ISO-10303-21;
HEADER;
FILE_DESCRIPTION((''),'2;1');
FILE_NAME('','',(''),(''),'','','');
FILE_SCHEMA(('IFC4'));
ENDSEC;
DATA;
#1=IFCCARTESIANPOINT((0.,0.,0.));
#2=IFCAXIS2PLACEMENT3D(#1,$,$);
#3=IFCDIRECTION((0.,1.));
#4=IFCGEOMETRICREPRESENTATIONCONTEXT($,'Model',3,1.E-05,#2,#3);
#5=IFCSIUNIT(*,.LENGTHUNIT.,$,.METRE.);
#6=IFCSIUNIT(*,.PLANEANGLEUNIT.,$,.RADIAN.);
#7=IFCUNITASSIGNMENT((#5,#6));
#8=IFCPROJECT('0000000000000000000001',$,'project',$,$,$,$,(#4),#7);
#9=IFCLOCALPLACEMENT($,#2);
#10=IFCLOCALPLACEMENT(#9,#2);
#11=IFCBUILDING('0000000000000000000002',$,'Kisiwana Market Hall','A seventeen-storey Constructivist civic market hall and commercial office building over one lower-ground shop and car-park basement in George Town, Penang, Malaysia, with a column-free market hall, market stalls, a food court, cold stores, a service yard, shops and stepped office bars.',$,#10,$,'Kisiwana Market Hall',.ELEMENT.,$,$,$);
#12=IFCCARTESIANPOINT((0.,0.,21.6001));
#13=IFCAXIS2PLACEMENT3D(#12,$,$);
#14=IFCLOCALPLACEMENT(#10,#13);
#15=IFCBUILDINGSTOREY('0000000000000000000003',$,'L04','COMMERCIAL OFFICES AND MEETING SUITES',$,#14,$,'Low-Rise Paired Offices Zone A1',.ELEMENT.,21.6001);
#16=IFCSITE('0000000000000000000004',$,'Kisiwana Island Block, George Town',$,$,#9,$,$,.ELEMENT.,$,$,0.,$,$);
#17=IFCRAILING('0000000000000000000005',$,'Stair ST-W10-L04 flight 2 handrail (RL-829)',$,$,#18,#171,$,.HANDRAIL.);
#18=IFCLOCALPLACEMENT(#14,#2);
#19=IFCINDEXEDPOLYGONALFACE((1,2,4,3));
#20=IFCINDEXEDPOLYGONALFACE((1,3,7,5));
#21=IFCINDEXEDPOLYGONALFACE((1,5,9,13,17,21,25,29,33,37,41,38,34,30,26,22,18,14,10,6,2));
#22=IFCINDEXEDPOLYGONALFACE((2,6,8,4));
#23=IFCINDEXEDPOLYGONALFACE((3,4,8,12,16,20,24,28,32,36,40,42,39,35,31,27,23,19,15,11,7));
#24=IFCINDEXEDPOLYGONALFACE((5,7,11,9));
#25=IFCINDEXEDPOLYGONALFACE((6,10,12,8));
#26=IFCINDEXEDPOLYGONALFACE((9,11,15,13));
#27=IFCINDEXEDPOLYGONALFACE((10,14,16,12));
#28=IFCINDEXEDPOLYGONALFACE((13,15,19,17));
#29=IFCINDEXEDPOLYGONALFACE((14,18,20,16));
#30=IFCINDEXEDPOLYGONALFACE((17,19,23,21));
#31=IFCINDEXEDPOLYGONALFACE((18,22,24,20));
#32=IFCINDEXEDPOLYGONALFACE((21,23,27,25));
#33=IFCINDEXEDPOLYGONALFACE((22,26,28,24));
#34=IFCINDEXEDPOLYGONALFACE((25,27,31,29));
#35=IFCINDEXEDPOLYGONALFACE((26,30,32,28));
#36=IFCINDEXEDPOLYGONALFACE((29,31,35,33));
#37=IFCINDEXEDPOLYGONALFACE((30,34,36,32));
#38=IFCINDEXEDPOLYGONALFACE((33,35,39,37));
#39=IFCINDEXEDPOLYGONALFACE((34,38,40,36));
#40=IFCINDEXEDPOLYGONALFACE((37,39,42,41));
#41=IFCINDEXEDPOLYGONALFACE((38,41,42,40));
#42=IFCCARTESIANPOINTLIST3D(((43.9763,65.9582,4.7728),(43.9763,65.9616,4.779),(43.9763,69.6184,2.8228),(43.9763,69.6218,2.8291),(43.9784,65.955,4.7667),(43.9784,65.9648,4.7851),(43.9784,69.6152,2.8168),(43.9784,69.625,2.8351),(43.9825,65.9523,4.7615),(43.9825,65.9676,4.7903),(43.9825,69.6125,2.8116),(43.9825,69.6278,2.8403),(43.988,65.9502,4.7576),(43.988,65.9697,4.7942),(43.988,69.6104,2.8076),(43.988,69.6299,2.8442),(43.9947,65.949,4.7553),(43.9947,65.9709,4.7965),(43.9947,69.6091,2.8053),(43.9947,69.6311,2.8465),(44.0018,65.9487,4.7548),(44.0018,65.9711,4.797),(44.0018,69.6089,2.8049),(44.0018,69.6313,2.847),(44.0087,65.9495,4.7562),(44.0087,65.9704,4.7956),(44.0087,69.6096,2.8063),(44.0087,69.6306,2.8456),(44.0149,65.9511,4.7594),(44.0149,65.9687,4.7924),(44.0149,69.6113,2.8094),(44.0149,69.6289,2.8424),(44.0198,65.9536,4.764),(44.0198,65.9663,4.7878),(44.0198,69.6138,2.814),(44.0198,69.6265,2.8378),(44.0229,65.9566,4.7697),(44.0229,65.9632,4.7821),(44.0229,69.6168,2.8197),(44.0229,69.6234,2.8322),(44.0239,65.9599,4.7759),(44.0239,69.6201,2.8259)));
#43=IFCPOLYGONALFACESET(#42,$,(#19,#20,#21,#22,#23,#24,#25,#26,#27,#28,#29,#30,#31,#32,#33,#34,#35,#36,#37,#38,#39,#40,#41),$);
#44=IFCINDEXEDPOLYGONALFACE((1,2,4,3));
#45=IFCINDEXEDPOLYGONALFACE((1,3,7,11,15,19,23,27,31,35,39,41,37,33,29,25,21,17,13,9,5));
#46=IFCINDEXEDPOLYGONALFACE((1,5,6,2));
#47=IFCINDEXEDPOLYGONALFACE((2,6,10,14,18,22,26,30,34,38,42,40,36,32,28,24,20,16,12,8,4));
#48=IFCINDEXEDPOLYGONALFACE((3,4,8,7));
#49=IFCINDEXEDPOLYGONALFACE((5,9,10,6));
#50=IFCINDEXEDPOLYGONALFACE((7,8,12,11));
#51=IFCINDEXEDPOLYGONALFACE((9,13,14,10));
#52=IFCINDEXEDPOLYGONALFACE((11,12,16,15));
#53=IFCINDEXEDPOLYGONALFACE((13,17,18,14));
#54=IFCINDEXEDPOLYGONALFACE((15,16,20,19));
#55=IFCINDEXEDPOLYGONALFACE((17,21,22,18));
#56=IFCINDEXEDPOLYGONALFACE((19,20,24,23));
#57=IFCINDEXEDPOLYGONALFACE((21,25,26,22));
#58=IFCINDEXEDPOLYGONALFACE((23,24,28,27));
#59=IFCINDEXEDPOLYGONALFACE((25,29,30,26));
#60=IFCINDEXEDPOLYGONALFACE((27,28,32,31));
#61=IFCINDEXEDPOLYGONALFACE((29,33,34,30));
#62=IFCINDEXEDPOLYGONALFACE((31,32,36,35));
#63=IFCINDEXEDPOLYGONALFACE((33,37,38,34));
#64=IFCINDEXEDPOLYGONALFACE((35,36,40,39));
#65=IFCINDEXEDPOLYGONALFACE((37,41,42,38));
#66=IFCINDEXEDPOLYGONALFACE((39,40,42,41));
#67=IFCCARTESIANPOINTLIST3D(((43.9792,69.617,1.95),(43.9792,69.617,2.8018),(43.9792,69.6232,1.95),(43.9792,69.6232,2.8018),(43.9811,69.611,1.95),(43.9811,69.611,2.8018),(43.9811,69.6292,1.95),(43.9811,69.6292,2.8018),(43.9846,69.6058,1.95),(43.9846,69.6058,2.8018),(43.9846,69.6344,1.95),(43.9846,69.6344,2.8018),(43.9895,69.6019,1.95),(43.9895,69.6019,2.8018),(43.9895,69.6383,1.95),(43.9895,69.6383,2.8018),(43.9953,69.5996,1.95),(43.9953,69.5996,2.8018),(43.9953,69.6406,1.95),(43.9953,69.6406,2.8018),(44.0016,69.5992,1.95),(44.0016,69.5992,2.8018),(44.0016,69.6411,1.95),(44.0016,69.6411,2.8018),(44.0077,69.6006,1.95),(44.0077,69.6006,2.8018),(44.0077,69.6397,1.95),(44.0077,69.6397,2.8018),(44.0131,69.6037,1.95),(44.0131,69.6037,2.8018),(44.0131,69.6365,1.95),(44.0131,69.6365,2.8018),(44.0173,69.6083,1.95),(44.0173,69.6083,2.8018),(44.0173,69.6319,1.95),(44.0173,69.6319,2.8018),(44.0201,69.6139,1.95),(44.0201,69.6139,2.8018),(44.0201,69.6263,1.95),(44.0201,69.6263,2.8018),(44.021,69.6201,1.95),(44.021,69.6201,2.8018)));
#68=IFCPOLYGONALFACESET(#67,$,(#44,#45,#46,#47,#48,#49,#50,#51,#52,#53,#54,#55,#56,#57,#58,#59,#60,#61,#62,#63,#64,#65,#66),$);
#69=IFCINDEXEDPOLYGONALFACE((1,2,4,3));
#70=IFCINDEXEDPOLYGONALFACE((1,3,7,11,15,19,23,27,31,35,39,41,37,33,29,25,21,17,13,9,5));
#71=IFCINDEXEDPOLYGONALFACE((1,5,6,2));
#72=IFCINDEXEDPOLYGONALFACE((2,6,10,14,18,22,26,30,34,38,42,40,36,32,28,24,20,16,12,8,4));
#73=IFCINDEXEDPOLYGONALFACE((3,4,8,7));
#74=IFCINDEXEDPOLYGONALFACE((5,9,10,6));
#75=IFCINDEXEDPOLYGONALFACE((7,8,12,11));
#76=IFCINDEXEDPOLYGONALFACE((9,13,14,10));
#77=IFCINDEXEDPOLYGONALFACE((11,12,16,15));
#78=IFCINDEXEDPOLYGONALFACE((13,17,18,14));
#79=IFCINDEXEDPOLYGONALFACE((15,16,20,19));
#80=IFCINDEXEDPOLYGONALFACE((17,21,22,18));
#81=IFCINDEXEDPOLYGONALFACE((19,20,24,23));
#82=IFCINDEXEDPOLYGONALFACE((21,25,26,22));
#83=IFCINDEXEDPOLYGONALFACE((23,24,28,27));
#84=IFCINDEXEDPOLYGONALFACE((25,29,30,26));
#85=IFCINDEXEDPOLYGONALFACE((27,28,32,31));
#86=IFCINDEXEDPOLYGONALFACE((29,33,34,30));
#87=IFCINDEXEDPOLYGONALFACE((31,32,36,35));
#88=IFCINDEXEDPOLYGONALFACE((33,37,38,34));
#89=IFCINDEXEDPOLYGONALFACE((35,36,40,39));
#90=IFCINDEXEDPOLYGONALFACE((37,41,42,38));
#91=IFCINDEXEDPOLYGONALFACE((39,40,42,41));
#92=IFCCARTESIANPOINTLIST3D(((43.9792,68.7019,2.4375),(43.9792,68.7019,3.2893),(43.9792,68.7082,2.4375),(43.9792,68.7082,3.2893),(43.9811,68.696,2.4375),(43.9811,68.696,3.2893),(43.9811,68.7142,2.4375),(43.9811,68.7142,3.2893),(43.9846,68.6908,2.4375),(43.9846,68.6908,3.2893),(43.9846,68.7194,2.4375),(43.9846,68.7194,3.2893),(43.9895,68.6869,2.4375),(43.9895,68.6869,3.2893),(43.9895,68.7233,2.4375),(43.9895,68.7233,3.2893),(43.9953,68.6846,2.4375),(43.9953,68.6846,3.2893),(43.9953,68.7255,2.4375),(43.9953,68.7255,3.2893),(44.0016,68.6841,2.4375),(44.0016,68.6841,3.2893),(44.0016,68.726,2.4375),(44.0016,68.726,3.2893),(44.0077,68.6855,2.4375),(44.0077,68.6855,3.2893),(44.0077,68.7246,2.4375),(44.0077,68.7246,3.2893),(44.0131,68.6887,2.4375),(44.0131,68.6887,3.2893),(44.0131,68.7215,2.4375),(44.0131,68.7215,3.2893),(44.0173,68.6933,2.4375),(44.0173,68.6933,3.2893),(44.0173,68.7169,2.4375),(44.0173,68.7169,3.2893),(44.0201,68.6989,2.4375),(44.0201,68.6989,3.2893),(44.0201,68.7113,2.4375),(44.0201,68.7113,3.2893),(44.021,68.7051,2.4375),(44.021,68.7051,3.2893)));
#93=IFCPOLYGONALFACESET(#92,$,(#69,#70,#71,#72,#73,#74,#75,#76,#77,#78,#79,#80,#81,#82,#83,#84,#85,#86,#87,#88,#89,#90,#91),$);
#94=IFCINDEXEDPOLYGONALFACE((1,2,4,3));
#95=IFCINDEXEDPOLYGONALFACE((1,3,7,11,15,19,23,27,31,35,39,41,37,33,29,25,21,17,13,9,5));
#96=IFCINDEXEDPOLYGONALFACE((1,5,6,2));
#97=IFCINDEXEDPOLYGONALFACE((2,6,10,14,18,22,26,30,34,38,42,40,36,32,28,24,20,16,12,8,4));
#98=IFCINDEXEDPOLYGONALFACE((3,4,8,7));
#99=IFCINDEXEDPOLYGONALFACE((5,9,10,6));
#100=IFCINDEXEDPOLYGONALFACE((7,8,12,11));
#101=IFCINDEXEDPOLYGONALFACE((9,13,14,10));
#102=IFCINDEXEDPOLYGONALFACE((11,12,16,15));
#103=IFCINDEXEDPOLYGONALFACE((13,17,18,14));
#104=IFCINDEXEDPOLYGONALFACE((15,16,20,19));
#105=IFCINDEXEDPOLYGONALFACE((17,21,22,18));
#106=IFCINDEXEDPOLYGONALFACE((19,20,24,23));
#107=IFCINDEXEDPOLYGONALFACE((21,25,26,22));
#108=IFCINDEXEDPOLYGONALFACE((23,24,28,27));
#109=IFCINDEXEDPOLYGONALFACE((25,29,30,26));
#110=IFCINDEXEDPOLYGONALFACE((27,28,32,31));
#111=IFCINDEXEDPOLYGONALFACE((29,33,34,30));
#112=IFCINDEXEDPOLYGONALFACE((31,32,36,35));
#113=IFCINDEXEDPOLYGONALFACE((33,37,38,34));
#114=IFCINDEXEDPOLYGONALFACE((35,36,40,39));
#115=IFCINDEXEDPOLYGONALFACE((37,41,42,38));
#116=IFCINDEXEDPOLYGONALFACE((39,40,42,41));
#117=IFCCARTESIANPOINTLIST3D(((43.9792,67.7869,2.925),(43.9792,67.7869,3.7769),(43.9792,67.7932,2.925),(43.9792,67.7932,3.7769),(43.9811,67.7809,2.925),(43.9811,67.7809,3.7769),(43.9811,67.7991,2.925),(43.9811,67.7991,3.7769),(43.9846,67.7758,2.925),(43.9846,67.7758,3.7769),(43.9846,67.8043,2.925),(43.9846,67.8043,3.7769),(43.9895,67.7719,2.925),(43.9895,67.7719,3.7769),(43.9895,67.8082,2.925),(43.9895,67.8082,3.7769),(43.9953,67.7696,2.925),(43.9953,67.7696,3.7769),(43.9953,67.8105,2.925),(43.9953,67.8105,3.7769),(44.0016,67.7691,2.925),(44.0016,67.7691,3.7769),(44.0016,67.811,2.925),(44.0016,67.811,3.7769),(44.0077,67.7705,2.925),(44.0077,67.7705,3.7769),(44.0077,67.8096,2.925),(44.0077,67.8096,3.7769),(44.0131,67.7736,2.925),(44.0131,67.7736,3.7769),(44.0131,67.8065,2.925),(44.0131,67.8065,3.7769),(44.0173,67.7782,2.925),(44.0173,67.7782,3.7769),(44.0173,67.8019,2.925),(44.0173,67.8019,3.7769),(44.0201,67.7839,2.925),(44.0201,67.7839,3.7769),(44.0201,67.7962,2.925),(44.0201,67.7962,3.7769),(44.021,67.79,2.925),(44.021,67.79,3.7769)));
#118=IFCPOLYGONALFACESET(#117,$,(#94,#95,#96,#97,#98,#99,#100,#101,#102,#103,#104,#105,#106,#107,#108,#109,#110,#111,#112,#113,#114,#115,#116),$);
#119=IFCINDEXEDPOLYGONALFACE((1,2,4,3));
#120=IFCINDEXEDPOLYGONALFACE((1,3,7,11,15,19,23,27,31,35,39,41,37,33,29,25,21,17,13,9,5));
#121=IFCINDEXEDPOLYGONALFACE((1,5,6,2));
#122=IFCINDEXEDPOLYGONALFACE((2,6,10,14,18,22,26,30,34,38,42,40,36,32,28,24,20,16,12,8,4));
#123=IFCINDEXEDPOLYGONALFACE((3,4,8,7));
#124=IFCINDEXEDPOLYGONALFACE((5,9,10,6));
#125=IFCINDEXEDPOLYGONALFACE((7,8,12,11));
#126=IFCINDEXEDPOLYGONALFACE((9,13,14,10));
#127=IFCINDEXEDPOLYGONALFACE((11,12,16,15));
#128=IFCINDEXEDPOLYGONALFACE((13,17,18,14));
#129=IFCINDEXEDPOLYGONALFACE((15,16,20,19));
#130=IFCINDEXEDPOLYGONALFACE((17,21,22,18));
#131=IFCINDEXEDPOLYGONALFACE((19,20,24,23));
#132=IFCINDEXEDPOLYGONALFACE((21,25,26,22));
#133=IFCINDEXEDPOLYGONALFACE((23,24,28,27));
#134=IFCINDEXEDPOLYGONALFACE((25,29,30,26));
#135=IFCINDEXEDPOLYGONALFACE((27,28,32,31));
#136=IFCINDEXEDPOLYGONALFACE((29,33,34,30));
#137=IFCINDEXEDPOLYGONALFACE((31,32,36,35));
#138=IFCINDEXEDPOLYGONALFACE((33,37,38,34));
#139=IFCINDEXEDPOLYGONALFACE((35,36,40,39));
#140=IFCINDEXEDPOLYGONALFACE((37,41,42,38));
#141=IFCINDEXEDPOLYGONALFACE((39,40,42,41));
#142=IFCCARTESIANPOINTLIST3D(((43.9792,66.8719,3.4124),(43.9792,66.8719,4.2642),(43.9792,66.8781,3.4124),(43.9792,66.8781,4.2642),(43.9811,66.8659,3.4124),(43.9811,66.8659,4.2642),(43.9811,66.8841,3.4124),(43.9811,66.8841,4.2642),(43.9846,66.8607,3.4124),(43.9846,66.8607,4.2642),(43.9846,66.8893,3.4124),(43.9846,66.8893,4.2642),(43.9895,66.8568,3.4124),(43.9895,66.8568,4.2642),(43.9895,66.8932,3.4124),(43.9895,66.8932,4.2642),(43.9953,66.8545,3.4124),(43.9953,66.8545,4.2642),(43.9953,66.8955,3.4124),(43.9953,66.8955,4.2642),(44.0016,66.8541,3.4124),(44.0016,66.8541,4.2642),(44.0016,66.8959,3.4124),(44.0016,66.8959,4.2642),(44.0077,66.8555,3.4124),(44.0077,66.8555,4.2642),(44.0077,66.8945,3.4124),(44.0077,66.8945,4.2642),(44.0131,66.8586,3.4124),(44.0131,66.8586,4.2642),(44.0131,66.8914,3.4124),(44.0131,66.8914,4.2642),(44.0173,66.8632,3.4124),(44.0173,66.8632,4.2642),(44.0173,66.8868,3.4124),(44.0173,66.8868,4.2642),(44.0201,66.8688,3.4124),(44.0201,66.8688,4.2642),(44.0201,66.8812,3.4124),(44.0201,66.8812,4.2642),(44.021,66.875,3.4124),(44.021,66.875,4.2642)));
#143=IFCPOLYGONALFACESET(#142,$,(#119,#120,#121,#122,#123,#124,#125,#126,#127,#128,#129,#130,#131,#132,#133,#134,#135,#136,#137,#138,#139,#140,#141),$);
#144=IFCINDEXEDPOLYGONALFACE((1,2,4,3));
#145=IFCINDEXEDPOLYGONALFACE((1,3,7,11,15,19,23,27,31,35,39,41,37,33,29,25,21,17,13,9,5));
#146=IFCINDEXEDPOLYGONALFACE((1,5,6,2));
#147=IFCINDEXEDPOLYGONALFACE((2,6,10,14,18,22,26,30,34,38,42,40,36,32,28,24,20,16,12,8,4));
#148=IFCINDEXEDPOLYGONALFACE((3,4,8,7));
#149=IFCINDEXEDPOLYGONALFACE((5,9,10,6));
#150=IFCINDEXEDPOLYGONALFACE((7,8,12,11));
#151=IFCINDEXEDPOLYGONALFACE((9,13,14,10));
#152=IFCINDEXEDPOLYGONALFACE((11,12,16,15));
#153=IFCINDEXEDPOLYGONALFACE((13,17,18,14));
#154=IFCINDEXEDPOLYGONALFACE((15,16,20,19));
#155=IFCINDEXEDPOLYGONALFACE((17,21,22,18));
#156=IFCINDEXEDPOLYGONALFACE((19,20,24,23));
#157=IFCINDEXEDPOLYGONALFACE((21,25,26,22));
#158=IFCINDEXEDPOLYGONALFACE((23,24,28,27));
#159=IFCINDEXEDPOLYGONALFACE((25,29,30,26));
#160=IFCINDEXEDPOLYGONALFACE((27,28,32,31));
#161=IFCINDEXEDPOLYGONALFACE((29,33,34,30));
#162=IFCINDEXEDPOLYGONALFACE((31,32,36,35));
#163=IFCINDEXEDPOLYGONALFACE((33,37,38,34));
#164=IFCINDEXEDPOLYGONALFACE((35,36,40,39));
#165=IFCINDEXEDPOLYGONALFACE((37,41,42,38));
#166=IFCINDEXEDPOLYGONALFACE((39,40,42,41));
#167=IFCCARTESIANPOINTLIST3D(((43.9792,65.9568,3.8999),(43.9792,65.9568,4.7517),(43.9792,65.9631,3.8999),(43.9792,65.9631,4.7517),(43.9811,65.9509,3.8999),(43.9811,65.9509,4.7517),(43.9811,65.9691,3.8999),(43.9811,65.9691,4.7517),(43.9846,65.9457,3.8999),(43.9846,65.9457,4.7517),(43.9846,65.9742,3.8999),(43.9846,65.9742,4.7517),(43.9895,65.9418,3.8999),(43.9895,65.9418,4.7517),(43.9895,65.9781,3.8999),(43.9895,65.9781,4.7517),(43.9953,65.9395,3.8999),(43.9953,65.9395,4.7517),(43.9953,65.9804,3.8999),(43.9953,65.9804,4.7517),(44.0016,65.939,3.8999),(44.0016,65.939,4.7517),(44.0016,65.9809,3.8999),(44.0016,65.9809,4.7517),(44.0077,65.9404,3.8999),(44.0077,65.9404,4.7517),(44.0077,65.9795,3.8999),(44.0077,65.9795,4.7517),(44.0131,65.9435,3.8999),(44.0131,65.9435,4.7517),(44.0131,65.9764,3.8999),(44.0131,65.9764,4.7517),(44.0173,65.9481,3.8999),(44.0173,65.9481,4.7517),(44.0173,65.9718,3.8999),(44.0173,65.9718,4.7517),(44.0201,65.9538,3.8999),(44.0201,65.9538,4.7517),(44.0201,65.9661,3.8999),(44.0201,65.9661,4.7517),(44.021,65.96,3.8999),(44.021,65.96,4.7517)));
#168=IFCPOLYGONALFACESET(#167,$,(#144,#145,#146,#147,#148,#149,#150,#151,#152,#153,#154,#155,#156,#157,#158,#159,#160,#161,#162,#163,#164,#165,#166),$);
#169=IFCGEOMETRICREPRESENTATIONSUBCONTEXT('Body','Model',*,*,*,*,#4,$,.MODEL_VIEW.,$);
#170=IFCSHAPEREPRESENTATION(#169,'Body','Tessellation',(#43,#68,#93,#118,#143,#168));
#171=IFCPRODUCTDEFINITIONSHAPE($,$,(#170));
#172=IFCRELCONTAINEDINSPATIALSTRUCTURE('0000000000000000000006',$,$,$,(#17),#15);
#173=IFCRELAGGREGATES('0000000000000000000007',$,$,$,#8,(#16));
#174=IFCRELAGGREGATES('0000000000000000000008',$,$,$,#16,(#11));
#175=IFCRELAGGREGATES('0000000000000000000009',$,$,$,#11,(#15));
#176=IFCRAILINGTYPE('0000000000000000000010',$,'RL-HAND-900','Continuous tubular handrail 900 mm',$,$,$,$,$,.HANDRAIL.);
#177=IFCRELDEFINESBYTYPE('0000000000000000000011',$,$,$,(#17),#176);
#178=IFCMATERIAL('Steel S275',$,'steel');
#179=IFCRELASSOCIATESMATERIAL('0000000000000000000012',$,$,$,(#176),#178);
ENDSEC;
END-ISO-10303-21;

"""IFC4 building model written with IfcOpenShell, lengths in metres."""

from ifc_helpers import new_model, si_unit, direction, frame, origin, origin_2d, place, context, subcontext, project, spatial, circle, extrude, material, type_object, element, save


model = new_model("IFC4")

# Units and contexts
model_context = context("Model", 3, precision=1e-05, world=origin(), true_north=direction((0.0, 1.0)))
body_context = subcontext(model_context, "Body", "Model", "MODEL_VIEW")
ifc_project = project(units=[si_unit("LENGTHUNIT", "METRE"), si_unit("PLANEANGLEUNIT", "RADIAN")], contexts=[model_context])

# Site, building, storey
site_placement = place(None, origin())
site = spatial("IfcSite", under=ifc_project, at=site_placement, Name="Kisiwana Island Block, George Town", CompositionType="ELEMENT", RefElevation=0.0)
building_placement = place(site_placement, origin())
building = spatial("IfcBuilding", under=site, at=building_placement, Name="Kisiwana Market Hall", Description="A seventeen-storey Constructivist civic market hall and commercial office building over one lower-ground shop and car-park basement in George Town, Penang, Malaysia, with a column-free market hall, market stalls, a food court, cold stores, a service yard, shops and stepped office bars.", LongName="Kisiwana Market Hall", CompositionType="ELEMENT")
storey_placement = place(building_placement, frame((0.0, 0.0, 21.6001)))
storey = spatial("IfcBuildingStorey", under=building, at=storey_placement, Name="L04", Description="COMMERCIAL OFFICES AND MEETING SUITES", LongName="Low-Rise Paired Offices Zone A1", CompositionType="ELEMENT", Elevation=21.6001)

# Railing
ifc_material_1 = material(Name="Steel S275", Category="steel")
railing_type_1 = type_object("IfcRailingType", Name="RL-HAND-900", Description="Continuous tubular handrail 900 mm", PredefinedType="HANDRAIL", material=ifc_material_1)
railing_1_placement = place(storey_placement, frame((44.0, 69.6201, 1.95)))
element("IfcRailing", 1, at=railing_1_placement, inside=storey, type_object=railing_type_1, Name="Stair ST-W10-L04 flight 2 handrail (RL-829)", PredefinedType="HANDRAIL", context=body_context, shape_type="SweptSolid", body=[
    extrude(circle(Radius=0.0239, at=origin_2d()), frame((0.0, 0.0, 0.876), z_axis=(0.0, -0.882566, 0.470188), x_axis=(1.0, 0.0, 0.0)), (0.0, 0.0, 1.0), 4.1472),
    extrude(circle(Radius=0.021, at=origin_2d()), origin(), (0.0, 0.0, 1.0), 0.8518),
    extrude(circle(Radius=0.021, at=origin_2d()), frame((0.0, -0.915, 0.4875)), (0.0, 0.0, 1.0), 0.8518),
    extrude(circle(Radius=0.021, at=origin_2d()), frame((0.0, -1.8301, 0.9751)), (0.0, 0.0, 1.0), 0.8518),
    extrude(circle(Radius=0.021, at=origin_2d()), frame((0.0, -2.7451, 1.4624)), (0.0, 0.0, 1.0), 0.8518),
    extrude(circle(Radius=0.021, at=origin_2d()), frame((0.0, -3.6602, 1.95)), (0.0, 0.0, 1.0), 0.8518),
])

save(model, "model.ifc")
